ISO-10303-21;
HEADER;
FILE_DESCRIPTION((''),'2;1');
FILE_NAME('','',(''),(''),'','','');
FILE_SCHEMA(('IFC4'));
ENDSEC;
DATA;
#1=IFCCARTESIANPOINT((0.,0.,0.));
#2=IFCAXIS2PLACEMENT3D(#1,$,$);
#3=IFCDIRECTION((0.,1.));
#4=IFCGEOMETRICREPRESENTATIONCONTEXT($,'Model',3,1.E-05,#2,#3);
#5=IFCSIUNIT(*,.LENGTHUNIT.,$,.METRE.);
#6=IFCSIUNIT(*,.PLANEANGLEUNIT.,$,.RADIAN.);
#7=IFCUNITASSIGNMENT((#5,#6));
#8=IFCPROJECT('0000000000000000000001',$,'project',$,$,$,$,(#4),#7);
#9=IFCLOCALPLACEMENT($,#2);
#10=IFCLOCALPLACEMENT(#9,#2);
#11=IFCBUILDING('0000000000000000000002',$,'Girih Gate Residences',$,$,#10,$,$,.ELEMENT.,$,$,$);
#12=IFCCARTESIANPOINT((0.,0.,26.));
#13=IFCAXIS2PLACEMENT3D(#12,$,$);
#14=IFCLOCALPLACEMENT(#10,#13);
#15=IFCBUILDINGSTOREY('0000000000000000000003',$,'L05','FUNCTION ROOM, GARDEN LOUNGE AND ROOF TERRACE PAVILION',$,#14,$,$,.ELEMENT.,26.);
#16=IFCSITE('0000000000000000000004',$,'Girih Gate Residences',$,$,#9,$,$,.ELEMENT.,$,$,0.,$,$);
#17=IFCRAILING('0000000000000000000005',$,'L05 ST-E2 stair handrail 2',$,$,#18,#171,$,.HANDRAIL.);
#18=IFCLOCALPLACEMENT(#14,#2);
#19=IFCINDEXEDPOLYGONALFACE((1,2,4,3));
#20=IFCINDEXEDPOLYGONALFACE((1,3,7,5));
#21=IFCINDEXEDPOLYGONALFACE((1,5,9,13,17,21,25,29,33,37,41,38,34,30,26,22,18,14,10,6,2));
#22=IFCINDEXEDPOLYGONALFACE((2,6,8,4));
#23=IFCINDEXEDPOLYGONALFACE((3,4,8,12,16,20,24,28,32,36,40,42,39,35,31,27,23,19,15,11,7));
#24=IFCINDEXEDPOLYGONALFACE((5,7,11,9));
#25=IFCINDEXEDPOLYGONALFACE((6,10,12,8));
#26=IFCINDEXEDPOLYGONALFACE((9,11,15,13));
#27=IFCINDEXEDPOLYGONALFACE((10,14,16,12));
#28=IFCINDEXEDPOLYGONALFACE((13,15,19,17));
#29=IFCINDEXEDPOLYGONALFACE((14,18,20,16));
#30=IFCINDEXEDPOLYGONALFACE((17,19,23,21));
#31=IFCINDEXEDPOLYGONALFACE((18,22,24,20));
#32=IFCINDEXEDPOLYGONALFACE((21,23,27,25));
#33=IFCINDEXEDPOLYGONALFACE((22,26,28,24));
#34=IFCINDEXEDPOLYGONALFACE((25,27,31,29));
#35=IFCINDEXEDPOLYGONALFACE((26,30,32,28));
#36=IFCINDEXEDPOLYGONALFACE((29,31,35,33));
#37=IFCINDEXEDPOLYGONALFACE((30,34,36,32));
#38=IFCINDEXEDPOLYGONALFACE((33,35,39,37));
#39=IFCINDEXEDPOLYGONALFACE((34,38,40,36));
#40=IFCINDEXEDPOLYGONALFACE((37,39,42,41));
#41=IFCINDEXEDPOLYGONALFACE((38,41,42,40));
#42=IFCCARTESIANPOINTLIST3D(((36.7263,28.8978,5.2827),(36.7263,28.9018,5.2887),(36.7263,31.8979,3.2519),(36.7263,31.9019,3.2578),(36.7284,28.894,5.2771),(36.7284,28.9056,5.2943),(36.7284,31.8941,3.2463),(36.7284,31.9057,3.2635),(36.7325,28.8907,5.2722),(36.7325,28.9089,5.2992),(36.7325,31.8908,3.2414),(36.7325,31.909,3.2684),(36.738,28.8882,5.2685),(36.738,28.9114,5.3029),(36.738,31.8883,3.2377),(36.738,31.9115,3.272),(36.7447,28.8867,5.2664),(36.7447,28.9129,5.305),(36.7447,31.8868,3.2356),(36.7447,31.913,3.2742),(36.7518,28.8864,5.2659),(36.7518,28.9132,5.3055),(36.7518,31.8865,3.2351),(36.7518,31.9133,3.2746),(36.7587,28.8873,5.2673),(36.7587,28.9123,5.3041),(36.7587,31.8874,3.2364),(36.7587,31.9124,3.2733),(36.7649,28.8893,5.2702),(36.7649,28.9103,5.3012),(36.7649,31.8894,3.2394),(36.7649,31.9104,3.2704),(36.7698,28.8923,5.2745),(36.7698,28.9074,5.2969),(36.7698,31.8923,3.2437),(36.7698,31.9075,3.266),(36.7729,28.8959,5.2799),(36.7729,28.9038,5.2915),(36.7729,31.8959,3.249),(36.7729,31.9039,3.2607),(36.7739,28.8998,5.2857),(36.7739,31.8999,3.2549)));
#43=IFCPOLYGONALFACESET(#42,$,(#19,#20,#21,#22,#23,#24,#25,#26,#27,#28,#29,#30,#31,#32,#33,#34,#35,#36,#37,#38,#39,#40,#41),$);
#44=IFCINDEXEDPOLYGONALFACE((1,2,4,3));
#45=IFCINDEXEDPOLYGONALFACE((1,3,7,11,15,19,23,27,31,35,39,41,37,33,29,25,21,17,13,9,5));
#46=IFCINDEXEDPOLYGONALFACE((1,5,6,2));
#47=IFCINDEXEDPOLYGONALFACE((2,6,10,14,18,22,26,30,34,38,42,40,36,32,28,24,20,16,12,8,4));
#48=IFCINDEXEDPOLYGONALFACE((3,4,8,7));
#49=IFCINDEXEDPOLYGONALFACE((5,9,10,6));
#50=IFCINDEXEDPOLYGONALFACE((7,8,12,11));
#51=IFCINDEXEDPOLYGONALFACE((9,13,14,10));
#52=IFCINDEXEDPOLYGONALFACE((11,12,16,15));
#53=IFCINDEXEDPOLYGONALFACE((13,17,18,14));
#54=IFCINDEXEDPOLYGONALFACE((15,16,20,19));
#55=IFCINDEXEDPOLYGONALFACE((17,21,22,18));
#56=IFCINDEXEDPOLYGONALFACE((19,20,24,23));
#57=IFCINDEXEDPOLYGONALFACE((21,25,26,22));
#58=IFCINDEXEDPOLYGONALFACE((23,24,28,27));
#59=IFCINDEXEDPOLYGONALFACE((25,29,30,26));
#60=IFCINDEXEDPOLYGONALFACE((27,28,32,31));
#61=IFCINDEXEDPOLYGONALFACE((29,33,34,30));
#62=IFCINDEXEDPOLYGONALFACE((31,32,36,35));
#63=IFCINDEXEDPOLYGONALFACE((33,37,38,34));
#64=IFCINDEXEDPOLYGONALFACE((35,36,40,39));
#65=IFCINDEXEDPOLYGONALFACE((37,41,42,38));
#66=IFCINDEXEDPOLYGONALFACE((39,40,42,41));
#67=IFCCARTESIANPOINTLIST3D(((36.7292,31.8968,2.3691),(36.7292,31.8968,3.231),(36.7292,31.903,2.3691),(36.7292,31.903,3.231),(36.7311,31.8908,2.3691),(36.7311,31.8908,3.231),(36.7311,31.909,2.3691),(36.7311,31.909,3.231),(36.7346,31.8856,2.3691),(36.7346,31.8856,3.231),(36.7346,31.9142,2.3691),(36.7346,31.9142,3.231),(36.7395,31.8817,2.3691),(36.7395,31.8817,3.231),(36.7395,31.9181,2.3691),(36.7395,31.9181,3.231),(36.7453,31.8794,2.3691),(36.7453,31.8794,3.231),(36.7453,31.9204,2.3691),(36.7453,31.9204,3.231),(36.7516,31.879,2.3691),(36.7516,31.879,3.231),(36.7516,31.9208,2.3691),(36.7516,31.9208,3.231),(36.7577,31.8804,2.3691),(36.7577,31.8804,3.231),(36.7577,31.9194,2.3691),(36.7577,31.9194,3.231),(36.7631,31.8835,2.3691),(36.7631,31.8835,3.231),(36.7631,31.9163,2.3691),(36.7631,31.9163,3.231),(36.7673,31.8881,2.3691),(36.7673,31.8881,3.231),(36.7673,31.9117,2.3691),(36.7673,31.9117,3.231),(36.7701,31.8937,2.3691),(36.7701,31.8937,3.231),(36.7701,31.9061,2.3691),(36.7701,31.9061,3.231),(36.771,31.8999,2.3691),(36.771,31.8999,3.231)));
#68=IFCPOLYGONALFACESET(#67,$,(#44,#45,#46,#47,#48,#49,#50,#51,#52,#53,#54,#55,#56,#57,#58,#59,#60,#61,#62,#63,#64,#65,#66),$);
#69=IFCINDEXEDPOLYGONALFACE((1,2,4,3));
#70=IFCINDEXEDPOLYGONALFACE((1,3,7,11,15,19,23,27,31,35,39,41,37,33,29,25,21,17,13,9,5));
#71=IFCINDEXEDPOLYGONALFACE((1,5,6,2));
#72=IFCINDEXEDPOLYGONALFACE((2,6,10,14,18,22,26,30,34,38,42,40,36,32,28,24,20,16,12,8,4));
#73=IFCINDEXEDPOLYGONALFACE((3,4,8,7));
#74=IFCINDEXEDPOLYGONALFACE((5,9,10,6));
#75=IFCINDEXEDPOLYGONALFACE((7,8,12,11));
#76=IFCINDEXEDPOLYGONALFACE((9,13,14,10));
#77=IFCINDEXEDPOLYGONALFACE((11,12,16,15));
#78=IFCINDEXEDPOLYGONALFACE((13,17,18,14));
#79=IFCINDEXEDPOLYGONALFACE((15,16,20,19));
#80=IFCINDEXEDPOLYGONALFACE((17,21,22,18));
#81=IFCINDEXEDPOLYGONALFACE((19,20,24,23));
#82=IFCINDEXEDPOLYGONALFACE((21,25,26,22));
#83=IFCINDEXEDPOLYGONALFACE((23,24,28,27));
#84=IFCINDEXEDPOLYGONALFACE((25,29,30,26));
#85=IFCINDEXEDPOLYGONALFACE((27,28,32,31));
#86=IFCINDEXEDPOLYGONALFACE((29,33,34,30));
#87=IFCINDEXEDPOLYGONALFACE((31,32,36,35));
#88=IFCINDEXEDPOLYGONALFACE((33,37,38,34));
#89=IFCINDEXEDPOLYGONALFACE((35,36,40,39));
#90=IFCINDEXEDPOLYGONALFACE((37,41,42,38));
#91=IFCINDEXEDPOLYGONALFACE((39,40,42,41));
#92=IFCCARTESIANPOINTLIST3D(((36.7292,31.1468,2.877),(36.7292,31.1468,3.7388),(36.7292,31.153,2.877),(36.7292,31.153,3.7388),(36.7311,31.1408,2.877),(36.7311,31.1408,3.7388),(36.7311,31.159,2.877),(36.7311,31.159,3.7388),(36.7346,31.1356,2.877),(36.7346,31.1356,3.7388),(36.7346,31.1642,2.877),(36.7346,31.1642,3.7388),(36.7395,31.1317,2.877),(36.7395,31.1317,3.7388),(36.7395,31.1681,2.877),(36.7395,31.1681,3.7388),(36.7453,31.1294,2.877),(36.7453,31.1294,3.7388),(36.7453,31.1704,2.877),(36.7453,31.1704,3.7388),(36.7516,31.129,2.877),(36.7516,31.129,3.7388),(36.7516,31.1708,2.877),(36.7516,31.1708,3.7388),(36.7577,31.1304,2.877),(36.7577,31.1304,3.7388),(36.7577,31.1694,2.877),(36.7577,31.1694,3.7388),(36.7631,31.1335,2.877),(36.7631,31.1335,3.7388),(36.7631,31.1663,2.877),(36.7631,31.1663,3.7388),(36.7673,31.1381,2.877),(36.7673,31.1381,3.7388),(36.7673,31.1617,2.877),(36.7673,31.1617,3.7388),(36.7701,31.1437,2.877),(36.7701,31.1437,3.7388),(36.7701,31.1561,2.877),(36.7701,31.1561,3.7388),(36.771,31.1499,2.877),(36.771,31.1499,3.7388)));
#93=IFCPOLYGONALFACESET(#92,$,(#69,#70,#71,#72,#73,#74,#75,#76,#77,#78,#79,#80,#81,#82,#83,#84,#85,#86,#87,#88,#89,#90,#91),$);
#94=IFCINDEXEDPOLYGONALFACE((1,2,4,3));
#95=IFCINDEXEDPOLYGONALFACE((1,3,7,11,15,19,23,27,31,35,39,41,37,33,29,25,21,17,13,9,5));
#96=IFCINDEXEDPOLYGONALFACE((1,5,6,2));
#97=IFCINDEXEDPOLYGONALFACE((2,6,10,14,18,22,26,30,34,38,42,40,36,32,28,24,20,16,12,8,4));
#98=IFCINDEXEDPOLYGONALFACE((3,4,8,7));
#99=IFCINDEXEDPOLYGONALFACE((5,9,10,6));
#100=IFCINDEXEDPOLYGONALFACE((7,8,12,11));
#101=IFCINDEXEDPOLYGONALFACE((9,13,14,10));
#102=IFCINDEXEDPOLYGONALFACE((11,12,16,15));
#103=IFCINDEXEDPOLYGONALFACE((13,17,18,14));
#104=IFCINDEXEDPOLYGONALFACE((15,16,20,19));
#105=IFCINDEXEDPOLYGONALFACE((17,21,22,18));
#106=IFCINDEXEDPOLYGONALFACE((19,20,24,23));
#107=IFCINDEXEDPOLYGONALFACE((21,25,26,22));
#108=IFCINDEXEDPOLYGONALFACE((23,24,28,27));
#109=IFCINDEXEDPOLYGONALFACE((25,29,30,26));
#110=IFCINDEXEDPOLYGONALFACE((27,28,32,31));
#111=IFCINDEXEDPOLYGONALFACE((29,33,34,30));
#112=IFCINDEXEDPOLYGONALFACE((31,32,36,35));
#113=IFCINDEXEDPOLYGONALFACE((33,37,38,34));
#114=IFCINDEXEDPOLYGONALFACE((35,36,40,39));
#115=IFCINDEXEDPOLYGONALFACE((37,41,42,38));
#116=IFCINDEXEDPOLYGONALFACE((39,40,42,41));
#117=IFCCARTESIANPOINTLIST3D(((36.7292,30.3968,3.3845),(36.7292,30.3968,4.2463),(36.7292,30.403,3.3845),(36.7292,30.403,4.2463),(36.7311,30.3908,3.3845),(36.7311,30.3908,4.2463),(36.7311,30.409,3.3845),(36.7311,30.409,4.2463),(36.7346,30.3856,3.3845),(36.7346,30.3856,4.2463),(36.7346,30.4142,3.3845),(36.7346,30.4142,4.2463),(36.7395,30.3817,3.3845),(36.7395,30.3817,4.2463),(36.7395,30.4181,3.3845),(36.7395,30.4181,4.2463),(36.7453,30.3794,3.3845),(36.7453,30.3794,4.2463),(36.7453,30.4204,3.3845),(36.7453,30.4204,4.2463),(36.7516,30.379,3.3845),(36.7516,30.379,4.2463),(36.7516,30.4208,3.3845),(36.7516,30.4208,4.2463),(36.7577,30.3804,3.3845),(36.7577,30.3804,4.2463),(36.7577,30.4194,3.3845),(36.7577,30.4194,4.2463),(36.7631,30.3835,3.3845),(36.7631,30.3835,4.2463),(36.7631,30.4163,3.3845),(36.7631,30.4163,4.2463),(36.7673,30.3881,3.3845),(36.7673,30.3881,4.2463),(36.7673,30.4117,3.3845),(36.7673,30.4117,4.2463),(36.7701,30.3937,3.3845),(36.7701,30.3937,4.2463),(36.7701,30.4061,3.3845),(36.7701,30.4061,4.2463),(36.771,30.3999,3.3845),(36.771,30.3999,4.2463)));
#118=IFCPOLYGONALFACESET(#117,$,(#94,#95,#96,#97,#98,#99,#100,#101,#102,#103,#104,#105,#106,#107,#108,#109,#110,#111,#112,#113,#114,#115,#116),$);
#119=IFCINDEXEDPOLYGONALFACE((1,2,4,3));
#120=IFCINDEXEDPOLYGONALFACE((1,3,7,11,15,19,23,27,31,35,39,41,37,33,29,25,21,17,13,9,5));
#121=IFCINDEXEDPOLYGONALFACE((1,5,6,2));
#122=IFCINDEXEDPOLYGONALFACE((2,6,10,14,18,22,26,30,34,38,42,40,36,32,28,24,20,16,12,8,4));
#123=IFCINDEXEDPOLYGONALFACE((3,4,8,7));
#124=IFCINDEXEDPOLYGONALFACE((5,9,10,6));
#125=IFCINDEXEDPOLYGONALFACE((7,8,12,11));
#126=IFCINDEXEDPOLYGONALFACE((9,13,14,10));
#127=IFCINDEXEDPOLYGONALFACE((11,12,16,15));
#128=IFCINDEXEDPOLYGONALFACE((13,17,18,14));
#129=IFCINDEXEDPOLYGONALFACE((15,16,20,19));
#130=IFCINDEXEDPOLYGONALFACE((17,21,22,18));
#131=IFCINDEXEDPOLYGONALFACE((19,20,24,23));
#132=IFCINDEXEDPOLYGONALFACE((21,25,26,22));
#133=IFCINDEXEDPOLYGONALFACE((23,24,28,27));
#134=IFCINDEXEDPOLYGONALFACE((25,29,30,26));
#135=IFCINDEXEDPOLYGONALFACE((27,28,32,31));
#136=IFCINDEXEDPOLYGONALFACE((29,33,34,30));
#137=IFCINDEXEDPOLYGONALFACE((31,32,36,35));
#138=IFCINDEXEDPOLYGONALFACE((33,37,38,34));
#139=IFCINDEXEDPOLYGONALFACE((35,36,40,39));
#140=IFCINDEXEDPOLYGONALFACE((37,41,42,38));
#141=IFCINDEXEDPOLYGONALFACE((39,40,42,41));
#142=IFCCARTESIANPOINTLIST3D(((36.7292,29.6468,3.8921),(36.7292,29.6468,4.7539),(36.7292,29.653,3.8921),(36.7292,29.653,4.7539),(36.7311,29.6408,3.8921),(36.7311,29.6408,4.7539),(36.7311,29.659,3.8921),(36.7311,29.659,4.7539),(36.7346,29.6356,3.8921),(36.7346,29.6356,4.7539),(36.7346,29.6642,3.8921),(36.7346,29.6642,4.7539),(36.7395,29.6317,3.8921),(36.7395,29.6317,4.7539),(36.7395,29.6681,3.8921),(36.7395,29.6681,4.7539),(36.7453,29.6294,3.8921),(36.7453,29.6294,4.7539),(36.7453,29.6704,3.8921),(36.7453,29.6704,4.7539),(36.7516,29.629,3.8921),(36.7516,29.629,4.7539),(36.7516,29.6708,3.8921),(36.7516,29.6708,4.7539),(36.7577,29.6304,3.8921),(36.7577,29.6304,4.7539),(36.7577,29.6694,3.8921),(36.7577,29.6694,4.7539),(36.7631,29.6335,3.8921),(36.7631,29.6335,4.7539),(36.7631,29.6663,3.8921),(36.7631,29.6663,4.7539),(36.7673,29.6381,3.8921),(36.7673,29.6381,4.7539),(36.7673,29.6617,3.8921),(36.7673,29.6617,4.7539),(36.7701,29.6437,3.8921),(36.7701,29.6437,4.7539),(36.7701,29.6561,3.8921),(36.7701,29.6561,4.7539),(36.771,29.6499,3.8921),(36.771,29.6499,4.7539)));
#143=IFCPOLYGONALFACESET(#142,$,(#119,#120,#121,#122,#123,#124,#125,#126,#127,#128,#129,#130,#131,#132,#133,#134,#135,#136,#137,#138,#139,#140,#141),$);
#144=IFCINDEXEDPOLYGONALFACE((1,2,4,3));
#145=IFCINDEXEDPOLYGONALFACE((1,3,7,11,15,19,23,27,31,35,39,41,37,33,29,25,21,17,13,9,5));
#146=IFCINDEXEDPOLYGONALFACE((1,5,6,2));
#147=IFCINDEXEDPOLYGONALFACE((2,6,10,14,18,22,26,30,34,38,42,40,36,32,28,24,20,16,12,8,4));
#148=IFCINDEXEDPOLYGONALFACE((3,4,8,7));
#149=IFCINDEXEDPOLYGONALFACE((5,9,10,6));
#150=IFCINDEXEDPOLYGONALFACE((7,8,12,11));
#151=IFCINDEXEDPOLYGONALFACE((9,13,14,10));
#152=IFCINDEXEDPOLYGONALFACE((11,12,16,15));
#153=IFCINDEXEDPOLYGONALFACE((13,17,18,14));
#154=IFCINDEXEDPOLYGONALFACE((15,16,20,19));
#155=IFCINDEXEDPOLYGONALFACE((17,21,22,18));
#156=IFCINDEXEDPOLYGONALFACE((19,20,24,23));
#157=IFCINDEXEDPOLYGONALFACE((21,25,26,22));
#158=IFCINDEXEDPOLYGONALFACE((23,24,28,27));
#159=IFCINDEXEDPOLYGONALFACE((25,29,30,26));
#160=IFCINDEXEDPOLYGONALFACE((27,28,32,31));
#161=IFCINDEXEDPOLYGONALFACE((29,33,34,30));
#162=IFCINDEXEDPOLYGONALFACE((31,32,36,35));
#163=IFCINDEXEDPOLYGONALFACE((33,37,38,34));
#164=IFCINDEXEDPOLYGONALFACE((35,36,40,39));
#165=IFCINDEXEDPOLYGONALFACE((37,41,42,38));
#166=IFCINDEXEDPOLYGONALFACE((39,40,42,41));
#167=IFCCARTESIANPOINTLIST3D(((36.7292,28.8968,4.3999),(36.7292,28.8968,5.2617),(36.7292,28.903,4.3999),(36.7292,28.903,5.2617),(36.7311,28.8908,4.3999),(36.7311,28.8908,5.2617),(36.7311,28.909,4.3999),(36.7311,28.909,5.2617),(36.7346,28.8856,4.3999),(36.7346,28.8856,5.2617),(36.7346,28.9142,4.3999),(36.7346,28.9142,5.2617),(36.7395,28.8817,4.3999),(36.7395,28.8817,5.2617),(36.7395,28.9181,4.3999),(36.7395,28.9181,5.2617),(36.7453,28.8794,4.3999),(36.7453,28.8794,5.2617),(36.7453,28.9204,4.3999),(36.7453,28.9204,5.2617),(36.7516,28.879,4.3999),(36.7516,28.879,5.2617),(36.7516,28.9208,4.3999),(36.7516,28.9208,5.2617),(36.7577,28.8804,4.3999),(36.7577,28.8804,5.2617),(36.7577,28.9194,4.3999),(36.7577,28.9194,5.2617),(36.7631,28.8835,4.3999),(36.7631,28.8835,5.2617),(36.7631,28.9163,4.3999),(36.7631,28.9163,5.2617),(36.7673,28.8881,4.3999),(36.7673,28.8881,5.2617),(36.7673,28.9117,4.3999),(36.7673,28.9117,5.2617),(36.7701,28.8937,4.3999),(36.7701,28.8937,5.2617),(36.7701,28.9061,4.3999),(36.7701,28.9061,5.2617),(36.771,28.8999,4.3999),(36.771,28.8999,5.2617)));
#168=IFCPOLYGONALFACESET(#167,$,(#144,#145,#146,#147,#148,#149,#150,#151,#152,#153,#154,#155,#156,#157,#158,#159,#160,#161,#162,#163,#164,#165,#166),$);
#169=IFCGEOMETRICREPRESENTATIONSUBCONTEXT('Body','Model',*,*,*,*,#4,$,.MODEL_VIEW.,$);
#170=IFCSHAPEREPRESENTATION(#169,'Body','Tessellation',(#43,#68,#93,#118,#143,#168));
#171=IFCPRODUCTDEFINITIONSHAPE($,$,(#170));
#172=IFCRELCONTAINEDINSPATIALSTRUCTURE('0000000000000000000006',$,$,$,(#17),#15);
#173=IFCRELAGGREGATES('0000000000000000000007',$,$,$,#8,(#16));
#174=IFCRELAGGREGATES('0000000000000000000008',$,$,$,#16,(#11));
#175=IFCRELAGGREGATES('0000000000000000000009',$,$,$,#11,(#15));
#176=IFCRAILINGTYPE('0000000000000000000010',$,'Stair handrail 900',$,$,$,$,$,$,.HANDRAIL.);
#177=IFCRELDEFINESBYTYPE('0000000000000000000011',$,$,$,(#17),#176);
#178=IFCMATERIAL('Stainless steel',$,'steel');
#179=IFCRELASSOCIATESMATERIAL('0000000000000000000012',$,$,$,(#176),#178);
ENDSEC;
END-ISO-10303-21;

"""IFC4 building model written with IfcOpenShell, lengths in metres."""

from ifc_helpers import new_model, si_unit, direction, frame, origin, origin_2d, place, context, subcontext, project, spatial, circle, extrude, material, type_object, element, save


model = new_model("IFC4")

# Units and contexts
model_context = context("Model", 3, precision=1e-05, world=origin(), true_north=direction((0.0, 1.0)))
body_context = subcontext(model_context, "Body", "Model", "MODEL_VIEW")
ifc_project = project(units=[si_unit("LENGTHUNIT", "METRE"), si_unit("PLANEANGLEUNIT", "RADIAN")], contexts=[model_context])

# Site, building, storey
site_placement = place(None, origin())
site = spatial("IfcSite", under=ifc_project, at=site_placement, Name="Girih Gate Residences", CompositionType="ELEMENT", RefElevation=0.0)
building_placement = place(site_placement, origin())
building = spatial("IfcBuilding", under=site, at=building_placement, Name="Girih Gate Residences", CompositionType="ELEMENT")
storey_placement = place(building_placement, frame((0.0, 0.0, 26.0)))
storey = spatial("IfcBuildingStorey", under=building, at=storey_placement, Name="L05", Description="FUNCTION ROOM, GARDEN LOUNGE AND ROOF TERRACE PAVILION", CompositionType="ELEMENT", Elevation=26.0)

# Shared definitions
ifc_material_1 = material(Name="Stainless steel", Category="steel")

# Railing
railing_type_1 = type_object("IfcRailingType", Name="Stair handrail 900", PredefinedType="HANDRAIL", material=ifc_material_1)
for number, where, name in (
    (1, (36.75, 31.8999, 2.3691), "L05 ST-E2 stair handrail 2"),
):
    element("IfcRailing", number, at=place(storey_placement, frame(where)), inside=storey, type_object=railing_type_1, Name=name, PredefinedType="HANDRAIL", context=body_context, shape_type="SweptSolid", body=[
        extrude(circle(Radius=0.0239, at=origin_2d()), frame((0.0, 0.0, 0.8857), z_axis=(0.0, -0.82811, 0.560565), x_axis=(1.0, 0.0, 0.0)), (0.0, 0.0, 1.0), 3.6228),
        extrude(circle(Radius=0.021, at=origin_2d()), origin(), (0.0, 0.0, 1.0), 0.8618),
        extrude(circle(Radius=0.021, at=origin_2d()), frame((0.0, -0.75, 0.5078)), (0.0, 0.0, 1.0), 0.8618),
        extrude(circle(Radius=0.021, at=origin_2d()), frame((0.0, -1.5, 1.0154)), (0.0, 0.0, 1.0), 0.8618),
        extrude(circle(Radius=0.021, at=origin_2d()), frame((0.0, -2.25, 1.5229)), (0.0, 0.0, 1.0), 0.8618),
        extrude(circle(Radius=0.021, at=origin_2d()), frame((0.0, -3.0, 2.0308)), (0.0, 0.0, 1.0), 0.8618),
    ])

save(model, "model.ifc")
